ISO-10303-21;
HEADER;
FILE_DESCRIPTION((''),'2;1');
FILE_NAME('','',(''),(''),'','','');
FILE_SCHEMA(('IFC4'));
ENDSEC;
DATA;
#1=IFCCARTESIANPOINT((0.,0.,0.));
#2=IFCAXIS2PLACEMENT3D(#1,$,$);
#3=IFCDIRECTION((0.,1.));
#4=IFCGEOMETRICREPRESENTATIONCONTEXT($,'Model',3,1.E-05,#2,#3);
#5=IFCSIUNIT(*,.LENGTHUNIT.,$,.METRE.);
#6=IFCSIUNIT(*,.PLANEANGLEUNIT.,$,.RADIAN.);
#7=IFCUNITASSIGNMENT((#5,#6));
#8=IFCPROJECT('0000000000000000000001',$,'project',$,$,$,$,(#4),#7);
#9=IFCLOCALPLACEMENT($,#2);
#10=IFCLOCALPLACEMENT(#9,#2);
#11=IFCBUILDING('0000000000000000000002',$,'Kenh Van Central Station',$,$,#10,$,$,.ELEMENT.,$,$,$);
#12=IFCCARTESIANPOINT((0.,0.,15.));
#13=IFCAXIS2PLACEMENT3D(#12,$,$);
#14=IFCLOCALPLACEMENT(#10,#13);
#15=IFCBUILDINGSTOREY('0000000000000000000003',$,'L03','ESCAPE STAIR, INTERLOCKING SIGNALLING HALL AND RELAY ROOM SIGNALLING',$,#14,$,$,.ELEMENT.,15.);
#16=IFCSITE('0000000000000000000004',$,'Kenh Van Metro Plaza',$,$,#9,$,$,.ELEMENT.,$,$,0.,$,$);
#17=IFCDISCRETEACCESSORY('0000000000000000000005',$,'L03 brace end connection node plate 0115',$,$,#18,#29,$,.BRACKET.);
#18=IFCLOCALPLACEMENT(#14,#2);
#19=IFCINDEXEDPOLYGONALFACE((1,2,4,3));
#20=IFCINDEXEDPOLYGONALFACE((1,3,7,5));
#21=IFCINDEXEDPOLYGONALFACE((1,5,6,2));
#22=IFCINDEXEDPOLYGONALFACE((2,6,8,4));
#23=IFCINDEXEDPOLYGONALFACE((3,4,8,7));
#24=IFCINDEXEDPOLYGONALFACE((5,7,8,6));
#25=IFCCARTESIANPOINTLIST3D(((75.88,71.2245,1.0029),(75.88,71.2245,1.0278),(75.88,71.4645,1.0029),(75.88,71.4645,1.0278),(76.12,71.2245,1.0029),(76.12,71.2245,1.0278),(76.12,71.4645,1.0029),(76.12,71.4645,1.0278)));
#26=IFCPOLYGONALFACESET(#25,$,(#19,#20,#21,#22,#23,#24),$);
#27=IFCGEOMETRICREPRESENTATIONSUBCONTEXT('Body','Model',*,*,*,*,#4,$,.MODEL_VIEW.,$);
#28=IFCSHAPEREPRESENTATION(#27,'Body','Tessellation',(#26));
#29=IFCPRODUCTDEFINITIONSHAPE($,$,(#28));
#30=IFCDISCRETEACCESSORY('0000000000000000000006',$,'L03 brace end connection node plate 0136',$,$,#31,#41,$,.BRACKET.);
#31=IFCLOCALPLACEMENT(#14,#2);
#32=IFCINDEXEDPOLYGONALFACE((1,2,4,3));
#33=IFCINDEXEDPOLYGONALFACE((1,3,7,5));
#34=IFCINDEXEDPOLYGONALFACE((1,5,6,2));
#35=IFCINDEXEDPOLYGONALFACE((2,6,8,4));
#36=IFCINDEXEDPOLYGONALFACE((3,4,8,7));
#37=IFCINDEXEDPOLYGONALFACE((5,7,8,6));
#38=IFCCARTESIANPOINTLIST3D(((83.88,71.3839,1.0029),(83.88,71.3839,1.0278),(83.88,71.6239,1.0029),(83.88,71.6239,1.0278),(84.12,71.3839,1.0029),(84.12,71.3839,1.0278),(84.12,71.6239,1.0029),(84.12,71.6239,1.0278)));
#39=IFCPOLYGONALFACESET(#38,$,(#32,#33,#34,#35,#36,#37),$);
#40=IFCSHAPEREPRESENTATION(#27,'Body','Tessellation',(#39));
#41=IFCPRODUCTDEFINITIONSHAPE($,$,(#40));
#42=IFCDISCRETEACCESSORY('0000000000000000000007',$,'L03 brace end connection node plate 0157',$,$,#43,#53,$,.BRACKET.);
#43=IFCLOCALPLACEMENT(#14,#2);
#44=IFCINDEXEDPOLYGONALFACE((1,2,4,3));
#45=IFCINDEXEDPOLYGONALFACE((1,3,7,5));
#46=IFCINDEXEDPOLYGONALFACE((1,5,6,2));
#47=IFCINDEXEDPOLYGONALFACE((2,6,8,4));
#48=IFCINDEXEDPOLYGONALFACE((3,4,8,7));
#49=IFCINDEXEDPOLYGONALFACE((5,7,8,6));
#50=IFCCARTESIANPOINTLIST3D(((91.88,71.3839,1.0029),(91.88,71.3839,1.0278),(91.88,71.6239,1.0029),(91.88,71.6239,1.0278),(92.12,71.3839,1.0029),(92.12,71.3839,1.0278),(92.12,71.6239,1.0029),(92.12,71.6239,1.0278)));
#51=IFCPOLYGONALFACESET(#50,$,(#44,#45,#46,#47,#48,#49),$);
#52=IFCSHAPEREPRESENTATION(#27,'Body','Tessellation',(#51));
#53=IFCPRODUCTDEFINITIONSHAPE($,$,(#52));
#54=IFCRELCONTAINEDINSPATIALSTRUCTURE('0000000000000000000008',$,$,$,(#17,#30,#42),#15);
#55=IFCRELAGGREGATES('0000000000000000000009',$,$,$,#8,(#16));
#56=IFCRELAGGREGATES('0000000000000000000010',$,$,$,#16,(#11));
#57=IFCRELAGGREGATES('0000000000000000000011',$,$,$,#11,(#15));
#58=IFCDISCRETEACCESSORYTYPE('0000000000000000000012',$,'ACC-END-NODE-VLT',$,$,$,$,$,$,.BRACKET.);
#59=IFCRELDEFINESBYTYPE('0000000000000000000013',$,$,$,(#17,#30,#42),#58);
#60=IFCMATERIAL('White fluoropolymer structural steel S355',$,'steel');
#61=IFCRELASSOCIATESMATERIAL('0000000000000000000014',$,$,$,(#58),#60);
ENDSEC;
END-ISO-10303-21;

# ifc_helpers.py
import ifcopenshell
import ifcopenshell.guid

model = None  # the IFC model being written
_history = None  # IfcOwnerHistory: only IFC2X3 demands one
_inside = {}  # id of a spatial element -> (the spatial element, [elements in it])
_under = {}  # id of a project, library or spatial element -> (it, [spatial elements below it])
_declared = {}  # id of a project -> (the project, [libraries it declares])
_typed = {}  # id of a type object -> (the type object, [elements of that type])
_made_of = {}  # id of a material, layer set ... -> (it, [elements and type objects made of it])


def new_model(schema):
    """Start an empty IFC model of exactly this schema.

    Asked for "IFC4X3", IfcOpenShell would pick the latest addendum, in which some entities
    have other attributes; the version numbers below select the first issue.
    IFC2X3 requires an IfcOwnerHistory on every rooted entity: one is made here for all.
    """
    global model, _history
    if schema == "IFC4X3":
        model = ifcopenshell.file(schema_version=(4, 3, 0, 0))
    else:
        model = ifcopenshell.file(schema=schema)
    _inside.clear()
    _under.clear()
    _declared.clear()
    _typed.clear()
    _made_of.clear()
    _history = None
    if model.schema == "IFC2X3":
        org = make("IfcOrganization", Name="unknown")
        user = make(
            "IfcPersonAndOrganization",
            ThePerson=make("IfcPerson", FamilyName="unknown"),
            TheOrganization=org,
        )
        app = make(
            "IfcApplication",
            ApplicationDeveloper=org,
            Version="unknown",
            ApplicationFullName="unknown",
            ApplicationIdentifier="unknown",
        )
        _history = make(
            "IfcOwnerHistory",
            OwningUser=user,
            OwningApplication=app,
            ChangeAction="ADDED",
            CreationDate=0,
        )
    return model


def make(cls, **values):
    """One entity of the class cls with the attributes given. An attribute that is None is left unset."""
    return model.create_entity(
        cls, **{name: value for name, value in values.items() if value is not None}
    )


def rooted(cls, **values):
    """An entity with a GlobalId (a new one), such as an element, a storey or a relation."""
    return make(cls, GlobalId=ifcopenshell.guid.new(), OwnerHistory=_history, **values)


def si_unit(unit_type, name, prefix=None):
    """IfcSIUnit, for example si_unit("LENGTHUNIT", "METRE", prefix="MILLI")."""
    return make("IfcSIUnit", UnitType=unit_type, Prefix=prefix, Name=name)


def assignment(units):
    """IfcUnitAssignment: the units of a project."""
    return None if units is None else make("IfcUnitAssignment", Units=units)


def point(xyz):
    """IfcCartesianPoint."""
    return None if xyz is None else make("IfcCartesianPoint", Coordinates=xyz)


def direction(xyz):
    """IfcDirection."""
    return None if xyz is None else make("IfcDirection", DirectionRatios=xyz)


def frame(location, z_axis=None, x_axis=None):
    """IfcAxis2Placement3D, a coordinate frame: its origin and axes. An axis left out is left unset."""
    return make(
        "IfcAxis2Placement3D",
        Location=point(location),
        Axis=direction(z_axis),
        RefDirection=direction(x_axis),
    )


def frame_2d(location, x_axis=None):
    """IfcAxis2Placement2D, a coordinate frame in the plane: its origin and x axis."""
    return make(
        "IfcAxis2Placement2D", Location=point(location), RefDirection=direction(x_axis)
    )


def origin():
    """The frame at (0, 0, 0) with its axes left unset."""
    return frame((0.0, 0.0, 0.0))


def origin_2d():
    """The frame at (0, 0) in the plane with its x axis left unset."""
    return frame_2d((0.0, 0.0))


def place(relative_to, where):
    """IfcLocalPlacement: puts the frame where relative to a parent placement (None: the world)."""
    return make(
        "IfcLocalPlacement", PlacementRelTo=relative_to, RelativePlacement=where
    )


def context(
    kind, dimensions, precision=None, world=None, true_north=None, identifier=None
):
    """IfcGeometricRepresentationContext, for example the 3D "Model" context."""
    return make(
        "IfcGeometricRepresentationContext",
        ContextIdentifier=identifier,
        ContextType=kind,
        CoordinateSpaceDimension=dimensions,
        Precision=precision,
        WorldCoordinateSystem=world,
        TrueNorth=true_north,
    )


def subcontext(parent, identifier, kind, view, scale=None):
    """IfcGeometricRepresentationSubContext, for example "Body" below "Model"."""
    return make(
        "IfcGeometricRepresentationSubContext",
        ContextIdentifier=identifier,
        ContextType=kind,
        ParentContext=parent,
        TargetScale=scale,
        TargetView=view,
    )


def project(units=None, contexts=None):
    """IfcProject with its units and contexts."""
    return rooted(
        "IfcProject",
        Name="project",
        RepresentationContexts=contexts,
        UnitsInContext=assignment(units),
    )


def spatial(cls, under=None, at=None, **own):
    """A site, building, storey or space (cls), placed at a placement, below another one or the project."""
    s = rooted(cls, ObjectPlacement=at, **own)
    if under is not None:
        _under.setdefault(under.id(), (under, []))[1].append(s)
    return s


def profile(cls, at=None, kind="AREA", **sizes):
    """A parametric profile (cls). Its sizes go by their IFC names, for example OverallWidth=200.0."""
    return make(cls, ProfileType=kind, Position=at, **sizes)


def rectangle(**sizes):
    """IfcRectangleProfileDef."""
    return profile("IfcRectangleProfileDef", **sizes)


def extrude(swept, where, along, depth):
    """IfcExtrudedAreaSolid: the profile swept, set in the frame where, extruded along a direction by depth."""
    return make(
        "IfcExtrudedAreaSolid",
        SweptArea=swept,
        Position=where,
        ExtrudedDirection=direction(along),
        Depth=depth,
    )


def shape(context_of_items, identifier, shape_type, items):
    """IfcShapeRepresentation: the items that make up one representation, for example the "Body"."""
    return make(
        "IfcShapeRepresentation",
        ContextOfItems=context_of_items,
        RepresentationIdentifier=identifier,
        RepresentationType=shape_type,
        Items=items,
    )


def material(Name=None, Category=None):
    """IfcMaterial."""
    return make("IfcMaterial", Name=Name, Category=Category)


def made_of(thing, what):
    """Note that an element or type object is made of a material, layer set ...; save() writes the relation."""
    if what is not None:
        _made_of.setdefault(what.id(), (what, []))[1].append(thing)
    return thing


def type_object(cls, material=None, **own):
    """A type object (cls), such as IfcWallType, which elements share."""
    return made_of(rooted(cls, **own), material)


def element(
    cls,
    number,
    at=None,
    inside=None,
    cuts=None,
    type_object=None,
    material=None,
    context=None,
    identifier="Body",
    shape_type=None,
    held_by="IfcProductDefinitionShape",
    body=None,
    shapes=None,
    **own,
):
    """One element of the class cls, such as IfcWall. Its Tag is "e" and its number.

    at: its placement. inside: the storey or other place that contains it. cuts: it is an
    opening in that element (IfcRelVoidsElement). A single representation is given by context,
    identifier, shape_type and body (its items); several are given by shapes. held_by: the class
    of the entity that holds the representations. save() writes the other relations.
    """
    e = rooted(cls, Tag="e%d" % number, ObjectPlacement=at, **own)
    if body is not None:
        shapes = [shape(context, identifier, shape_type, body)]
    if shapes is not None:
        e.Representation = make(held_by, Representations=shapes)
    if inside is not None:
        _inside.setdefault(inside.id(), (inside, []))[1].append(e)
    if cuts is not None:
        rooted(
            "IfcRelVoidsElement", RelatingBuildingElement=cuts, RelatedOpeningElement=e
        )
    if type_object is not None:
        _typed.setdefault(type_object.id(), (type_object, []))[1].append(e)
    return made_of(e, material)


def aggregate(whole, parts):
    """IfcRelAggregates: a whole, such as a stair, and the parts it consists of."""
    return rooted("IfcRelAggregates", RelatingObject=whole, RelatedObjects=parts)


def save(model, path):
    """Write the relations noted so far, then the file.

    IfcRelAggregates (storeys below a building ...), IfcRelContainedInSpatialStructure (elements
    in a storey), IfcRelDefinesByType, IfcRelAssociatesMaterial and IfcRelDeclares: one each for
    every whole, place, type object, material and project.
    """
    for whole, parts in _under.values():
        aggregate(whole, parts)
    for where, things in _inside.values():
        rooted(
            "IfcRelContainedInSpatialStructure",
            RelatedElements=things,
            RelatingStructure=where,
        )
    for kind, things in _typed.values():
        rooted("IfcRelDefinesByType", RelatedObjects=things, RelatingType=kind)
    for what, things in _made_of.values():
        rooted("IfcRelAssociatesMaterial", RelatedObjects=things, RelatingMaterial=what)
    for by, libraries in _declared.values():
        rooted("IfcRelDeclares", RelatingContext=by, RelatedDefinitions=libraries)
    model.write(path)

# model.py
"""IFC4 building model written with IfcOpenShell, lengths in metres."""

from ifc_helpers import new_model, si_unit, direction, frame, origin, origin_2d, place, context, subcontext, project, spatial, rectangle, extrude, material, type_object, element, save


model = new_model("IFC4")

# Units and contexts
model_context = context("Model", 3, precision=1e-05, world=origin(), true_north=direction((0.0, 1.0)))
body_context = subcontext(model_context, "Body", "Model", "MODEL_VIEW")
ifc_project = project(units=[si_unit("LENGTHUNIT", "METRE"), si_unit("PLANEANGLEUNIT", "RADIAN")], contexts=[model_context])

# Site, building, storey
site_placement = place(None, origin())
site = spatial("IfcSite", under=ifc_project, at=site_placement, Name="Kenh Van Metro Plaza", CompositionType="ELEMENT", RefElevation=0.0)
building_placement = place(site_placement, origin())
building = spatial("IfcBuilding", under=site, at=building_placement, Name="Kenh Van Central Station", CompositionType="ELEMENT")
storey_placement = place(building_placement, frame((0.0, 0.0, 15.0)))
storey = spatial("IfcBuildingStorey", under=building, at=storey_placement, Name="L03", Description="ESCAPE STAIR, INTERLOCKING SIGNALLING HALL AND RELAY ROOM SIGNALLING", CompositionType="ELEMENT", Elevation=15.0)

# Shared definitions
ifc_material_1 = material(Name="White fluoropolymer structural steel S355", Category="steel")

# Discrete accessories
discrete_accessory_type_1 = type_object("IfcDiscreteAccessoryType", Name="ACC-END-NODE-VLT", PredefinedType="BRACKET", material=ifc_material_1)
for number, where, z_axis, x_axis, name in (
    (1, (76.0, 71.3445, 1.0029), (0.0, 0.0, 1.0), (1.0, 0.0, 0.0), "L03 brace end connection node plate 0115"),
    (2, (84.0, 71.5039, 1.0029), (0.0, 0.0, 1.0), (1.0, 0.0, 0.0), "L03 brace end connection node plate 0136"),
    (3, (92.0, 71.5039, 1.0029), (0.0, 0.0, 1.0), (1.0, 0.0, 0.0), "L03 brace end connection node plate 0157"),
):
    element("IfcDiscreteAccessory", number, at=place(storey_placement, frame(where, z_axis=z_axis, x_axis=x_axis)), inside=storey, type_object=discrete_accessory_type_1, Name=name, PredefinedType="BRACKET", context=body_context, shape_type="SweptSolid", body=[
        extrude(rectangle(XDim=0.24, YDim=0.24, at=origin_2d()), origin(), (0.0, 0.0, 1.0), 0.0249),
    ])

save(model, "model.ifc")
